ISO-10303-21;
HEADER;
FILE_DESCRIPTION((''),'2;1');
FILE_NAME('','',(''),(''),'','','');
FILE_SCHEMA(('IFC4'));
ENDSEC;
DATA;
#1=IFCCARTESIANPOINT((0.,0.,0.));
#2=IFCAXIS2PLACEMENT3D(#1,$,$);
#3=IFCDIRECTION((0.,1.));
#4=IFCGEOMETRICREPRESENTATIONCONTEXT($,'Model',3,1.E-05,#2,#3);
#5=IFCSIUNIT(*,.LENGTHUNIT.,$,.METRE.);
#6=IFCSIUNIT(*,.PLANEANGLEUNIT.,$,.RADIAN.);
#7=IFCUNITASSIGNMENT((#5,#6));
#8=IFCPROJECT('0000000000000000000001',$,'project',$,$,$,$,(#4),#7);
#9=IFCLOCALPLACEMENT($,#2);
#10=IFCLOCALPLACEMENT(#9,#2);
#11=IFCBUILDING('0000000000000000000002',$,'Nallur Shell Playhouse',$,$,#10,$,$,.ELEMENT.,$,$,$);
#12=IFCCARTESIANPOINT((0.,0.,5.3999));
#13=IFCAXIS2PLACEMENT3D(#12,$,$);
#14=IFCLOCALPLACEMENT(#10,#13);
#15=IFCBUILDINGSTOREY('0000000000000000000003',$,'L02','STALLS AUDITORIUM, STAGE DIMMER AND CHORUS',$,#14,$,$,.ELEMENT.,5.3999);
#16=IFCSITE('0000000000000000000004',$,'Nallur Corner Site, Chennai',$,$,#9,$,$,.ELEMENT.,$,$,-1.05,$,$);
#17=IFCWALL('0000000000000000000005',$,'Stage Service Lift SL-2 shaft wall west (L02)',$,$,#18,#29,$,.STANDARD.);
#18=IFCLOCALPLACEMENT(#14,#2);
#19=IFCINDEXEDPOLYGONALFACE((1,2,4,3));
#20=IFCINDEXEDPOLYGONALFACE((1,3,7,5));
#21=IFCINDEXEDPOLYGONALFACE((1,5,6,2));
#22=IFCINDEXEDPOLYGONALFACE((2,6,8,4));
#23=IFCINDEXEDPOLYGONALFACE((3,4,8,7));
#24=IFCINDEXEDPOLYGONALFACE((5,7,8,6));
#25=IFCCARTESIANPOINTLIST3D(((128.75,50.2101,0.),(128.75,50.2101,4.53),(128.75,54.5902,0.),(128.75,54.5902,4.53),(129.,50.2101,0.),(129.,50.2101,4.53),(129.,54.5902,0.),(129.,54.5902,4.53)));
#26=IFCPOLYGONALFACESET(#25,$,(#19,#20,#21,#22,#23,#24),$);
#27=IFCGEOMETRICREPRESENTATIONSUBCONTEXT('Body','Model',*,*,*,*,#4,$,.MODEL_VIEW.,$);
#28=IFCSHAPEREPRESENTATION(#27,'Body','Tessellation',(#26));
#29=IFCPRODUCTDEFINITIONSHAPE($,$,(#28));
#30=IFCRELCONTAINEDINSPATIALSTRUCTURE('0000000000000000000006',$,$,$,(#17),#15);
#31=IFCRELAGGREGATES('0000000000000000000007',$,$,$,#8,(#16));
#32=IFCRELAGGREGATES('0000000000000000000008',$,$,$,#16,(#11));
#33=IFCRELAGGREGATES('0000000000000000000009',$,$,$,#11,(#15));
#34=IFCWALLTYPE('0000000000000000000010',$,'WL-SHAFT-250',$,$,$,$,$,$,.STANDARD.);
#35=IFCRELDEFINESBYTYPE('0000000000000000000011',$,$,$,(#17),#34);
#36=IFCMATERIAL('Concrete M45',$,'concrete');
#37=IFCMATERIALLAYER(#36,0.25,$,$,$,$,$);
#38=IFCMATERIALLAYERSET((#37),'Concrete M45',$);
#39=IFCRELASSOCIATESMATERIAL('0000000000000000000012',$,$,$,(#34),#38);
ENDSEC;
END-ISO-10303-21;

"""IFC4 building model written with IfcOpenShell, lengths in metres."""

from ifc_helpers import new_model, si_unit, direction, frame, frame_2d, origin, place, context, subcontext, project, spatial, rectangle, extrude, material, layer, layer_set, type_object, element, save


model = new_model("IFC4")

# Units and contexts
model_context = context("Model", 3, precision=1e-05, world=origin(), true_north=direction((0.0, 1.0)))
body_context = subcontext(model_context, "Body", "Model", "MODEL_VIEW")
ifc_project = project(units=[si_unit("LENGTHUNIT", "METRE"), si_unit("PLANEANGLEUNIT", "RADIAN")], contexts=[model_context])

# Site, building, storey
site_placement = place(None, origin())
site = spatial("IfcSite", under=ifc_project, at=site_placement, Name="Nallur Corner Site, Chennai", CompositionType="ELEMENT", RefElevation=-1.05)
building_placement = place(site_placement, origin())
building = spatial("IfcBuilding", under=site, at=building_placement, Name="Nallur Shell Playhouse", CompositionType="ELEMENT")
storey_placement = place(building_placement, frame((0.0, 0.0, 5.3999)))
storey = spatial("IfcBuildingStorey", under=building, at=storey_placement, Name="L02", Description="STALLS AUDITORIUM, STAGE DIMMER AND CHORUS", CompositionType="ELEMENT", Elevation=5.3999)

# Shared definitions
ifc_material_1 = material(Name="Concrete M45", Category="concrete")
ifc_layer_1 = layer(ifc_material_1, 0.25)
ifc_layer_set_1 = layer_set([ifc_layer_1], Name="Concrete M45")
wall_type_1 = type_object("IfcWallType", Name="WL-SHAFT-250", PredefinedType="STANDARD", material=ifc_layer_set_1)

# Wall
wall_1_placement = place(storey_placement, frame((128.875, 54.5901, 0.0), z_axis=(0.0, 0.0, 1.0), x_axis=(0.0, -1.0, 0.0)))
element("IfcWall", 1, at=wall_1_placement, inside=storey, type_object=wall_type_1, Name="Stage Service Lift SL-2 shaft wall west (L02)", PredefinedType="STANDARD", context=body_context, shape_type="SweptSolid", body=[
    extrude(rectangle(XDim=4.3801, YDim=0.25, at=frame_2d((2.1899, 0.0))), origin(), (0.0, 0.0, 1.0), 4.53),
])

save(model, "model.ifc")
